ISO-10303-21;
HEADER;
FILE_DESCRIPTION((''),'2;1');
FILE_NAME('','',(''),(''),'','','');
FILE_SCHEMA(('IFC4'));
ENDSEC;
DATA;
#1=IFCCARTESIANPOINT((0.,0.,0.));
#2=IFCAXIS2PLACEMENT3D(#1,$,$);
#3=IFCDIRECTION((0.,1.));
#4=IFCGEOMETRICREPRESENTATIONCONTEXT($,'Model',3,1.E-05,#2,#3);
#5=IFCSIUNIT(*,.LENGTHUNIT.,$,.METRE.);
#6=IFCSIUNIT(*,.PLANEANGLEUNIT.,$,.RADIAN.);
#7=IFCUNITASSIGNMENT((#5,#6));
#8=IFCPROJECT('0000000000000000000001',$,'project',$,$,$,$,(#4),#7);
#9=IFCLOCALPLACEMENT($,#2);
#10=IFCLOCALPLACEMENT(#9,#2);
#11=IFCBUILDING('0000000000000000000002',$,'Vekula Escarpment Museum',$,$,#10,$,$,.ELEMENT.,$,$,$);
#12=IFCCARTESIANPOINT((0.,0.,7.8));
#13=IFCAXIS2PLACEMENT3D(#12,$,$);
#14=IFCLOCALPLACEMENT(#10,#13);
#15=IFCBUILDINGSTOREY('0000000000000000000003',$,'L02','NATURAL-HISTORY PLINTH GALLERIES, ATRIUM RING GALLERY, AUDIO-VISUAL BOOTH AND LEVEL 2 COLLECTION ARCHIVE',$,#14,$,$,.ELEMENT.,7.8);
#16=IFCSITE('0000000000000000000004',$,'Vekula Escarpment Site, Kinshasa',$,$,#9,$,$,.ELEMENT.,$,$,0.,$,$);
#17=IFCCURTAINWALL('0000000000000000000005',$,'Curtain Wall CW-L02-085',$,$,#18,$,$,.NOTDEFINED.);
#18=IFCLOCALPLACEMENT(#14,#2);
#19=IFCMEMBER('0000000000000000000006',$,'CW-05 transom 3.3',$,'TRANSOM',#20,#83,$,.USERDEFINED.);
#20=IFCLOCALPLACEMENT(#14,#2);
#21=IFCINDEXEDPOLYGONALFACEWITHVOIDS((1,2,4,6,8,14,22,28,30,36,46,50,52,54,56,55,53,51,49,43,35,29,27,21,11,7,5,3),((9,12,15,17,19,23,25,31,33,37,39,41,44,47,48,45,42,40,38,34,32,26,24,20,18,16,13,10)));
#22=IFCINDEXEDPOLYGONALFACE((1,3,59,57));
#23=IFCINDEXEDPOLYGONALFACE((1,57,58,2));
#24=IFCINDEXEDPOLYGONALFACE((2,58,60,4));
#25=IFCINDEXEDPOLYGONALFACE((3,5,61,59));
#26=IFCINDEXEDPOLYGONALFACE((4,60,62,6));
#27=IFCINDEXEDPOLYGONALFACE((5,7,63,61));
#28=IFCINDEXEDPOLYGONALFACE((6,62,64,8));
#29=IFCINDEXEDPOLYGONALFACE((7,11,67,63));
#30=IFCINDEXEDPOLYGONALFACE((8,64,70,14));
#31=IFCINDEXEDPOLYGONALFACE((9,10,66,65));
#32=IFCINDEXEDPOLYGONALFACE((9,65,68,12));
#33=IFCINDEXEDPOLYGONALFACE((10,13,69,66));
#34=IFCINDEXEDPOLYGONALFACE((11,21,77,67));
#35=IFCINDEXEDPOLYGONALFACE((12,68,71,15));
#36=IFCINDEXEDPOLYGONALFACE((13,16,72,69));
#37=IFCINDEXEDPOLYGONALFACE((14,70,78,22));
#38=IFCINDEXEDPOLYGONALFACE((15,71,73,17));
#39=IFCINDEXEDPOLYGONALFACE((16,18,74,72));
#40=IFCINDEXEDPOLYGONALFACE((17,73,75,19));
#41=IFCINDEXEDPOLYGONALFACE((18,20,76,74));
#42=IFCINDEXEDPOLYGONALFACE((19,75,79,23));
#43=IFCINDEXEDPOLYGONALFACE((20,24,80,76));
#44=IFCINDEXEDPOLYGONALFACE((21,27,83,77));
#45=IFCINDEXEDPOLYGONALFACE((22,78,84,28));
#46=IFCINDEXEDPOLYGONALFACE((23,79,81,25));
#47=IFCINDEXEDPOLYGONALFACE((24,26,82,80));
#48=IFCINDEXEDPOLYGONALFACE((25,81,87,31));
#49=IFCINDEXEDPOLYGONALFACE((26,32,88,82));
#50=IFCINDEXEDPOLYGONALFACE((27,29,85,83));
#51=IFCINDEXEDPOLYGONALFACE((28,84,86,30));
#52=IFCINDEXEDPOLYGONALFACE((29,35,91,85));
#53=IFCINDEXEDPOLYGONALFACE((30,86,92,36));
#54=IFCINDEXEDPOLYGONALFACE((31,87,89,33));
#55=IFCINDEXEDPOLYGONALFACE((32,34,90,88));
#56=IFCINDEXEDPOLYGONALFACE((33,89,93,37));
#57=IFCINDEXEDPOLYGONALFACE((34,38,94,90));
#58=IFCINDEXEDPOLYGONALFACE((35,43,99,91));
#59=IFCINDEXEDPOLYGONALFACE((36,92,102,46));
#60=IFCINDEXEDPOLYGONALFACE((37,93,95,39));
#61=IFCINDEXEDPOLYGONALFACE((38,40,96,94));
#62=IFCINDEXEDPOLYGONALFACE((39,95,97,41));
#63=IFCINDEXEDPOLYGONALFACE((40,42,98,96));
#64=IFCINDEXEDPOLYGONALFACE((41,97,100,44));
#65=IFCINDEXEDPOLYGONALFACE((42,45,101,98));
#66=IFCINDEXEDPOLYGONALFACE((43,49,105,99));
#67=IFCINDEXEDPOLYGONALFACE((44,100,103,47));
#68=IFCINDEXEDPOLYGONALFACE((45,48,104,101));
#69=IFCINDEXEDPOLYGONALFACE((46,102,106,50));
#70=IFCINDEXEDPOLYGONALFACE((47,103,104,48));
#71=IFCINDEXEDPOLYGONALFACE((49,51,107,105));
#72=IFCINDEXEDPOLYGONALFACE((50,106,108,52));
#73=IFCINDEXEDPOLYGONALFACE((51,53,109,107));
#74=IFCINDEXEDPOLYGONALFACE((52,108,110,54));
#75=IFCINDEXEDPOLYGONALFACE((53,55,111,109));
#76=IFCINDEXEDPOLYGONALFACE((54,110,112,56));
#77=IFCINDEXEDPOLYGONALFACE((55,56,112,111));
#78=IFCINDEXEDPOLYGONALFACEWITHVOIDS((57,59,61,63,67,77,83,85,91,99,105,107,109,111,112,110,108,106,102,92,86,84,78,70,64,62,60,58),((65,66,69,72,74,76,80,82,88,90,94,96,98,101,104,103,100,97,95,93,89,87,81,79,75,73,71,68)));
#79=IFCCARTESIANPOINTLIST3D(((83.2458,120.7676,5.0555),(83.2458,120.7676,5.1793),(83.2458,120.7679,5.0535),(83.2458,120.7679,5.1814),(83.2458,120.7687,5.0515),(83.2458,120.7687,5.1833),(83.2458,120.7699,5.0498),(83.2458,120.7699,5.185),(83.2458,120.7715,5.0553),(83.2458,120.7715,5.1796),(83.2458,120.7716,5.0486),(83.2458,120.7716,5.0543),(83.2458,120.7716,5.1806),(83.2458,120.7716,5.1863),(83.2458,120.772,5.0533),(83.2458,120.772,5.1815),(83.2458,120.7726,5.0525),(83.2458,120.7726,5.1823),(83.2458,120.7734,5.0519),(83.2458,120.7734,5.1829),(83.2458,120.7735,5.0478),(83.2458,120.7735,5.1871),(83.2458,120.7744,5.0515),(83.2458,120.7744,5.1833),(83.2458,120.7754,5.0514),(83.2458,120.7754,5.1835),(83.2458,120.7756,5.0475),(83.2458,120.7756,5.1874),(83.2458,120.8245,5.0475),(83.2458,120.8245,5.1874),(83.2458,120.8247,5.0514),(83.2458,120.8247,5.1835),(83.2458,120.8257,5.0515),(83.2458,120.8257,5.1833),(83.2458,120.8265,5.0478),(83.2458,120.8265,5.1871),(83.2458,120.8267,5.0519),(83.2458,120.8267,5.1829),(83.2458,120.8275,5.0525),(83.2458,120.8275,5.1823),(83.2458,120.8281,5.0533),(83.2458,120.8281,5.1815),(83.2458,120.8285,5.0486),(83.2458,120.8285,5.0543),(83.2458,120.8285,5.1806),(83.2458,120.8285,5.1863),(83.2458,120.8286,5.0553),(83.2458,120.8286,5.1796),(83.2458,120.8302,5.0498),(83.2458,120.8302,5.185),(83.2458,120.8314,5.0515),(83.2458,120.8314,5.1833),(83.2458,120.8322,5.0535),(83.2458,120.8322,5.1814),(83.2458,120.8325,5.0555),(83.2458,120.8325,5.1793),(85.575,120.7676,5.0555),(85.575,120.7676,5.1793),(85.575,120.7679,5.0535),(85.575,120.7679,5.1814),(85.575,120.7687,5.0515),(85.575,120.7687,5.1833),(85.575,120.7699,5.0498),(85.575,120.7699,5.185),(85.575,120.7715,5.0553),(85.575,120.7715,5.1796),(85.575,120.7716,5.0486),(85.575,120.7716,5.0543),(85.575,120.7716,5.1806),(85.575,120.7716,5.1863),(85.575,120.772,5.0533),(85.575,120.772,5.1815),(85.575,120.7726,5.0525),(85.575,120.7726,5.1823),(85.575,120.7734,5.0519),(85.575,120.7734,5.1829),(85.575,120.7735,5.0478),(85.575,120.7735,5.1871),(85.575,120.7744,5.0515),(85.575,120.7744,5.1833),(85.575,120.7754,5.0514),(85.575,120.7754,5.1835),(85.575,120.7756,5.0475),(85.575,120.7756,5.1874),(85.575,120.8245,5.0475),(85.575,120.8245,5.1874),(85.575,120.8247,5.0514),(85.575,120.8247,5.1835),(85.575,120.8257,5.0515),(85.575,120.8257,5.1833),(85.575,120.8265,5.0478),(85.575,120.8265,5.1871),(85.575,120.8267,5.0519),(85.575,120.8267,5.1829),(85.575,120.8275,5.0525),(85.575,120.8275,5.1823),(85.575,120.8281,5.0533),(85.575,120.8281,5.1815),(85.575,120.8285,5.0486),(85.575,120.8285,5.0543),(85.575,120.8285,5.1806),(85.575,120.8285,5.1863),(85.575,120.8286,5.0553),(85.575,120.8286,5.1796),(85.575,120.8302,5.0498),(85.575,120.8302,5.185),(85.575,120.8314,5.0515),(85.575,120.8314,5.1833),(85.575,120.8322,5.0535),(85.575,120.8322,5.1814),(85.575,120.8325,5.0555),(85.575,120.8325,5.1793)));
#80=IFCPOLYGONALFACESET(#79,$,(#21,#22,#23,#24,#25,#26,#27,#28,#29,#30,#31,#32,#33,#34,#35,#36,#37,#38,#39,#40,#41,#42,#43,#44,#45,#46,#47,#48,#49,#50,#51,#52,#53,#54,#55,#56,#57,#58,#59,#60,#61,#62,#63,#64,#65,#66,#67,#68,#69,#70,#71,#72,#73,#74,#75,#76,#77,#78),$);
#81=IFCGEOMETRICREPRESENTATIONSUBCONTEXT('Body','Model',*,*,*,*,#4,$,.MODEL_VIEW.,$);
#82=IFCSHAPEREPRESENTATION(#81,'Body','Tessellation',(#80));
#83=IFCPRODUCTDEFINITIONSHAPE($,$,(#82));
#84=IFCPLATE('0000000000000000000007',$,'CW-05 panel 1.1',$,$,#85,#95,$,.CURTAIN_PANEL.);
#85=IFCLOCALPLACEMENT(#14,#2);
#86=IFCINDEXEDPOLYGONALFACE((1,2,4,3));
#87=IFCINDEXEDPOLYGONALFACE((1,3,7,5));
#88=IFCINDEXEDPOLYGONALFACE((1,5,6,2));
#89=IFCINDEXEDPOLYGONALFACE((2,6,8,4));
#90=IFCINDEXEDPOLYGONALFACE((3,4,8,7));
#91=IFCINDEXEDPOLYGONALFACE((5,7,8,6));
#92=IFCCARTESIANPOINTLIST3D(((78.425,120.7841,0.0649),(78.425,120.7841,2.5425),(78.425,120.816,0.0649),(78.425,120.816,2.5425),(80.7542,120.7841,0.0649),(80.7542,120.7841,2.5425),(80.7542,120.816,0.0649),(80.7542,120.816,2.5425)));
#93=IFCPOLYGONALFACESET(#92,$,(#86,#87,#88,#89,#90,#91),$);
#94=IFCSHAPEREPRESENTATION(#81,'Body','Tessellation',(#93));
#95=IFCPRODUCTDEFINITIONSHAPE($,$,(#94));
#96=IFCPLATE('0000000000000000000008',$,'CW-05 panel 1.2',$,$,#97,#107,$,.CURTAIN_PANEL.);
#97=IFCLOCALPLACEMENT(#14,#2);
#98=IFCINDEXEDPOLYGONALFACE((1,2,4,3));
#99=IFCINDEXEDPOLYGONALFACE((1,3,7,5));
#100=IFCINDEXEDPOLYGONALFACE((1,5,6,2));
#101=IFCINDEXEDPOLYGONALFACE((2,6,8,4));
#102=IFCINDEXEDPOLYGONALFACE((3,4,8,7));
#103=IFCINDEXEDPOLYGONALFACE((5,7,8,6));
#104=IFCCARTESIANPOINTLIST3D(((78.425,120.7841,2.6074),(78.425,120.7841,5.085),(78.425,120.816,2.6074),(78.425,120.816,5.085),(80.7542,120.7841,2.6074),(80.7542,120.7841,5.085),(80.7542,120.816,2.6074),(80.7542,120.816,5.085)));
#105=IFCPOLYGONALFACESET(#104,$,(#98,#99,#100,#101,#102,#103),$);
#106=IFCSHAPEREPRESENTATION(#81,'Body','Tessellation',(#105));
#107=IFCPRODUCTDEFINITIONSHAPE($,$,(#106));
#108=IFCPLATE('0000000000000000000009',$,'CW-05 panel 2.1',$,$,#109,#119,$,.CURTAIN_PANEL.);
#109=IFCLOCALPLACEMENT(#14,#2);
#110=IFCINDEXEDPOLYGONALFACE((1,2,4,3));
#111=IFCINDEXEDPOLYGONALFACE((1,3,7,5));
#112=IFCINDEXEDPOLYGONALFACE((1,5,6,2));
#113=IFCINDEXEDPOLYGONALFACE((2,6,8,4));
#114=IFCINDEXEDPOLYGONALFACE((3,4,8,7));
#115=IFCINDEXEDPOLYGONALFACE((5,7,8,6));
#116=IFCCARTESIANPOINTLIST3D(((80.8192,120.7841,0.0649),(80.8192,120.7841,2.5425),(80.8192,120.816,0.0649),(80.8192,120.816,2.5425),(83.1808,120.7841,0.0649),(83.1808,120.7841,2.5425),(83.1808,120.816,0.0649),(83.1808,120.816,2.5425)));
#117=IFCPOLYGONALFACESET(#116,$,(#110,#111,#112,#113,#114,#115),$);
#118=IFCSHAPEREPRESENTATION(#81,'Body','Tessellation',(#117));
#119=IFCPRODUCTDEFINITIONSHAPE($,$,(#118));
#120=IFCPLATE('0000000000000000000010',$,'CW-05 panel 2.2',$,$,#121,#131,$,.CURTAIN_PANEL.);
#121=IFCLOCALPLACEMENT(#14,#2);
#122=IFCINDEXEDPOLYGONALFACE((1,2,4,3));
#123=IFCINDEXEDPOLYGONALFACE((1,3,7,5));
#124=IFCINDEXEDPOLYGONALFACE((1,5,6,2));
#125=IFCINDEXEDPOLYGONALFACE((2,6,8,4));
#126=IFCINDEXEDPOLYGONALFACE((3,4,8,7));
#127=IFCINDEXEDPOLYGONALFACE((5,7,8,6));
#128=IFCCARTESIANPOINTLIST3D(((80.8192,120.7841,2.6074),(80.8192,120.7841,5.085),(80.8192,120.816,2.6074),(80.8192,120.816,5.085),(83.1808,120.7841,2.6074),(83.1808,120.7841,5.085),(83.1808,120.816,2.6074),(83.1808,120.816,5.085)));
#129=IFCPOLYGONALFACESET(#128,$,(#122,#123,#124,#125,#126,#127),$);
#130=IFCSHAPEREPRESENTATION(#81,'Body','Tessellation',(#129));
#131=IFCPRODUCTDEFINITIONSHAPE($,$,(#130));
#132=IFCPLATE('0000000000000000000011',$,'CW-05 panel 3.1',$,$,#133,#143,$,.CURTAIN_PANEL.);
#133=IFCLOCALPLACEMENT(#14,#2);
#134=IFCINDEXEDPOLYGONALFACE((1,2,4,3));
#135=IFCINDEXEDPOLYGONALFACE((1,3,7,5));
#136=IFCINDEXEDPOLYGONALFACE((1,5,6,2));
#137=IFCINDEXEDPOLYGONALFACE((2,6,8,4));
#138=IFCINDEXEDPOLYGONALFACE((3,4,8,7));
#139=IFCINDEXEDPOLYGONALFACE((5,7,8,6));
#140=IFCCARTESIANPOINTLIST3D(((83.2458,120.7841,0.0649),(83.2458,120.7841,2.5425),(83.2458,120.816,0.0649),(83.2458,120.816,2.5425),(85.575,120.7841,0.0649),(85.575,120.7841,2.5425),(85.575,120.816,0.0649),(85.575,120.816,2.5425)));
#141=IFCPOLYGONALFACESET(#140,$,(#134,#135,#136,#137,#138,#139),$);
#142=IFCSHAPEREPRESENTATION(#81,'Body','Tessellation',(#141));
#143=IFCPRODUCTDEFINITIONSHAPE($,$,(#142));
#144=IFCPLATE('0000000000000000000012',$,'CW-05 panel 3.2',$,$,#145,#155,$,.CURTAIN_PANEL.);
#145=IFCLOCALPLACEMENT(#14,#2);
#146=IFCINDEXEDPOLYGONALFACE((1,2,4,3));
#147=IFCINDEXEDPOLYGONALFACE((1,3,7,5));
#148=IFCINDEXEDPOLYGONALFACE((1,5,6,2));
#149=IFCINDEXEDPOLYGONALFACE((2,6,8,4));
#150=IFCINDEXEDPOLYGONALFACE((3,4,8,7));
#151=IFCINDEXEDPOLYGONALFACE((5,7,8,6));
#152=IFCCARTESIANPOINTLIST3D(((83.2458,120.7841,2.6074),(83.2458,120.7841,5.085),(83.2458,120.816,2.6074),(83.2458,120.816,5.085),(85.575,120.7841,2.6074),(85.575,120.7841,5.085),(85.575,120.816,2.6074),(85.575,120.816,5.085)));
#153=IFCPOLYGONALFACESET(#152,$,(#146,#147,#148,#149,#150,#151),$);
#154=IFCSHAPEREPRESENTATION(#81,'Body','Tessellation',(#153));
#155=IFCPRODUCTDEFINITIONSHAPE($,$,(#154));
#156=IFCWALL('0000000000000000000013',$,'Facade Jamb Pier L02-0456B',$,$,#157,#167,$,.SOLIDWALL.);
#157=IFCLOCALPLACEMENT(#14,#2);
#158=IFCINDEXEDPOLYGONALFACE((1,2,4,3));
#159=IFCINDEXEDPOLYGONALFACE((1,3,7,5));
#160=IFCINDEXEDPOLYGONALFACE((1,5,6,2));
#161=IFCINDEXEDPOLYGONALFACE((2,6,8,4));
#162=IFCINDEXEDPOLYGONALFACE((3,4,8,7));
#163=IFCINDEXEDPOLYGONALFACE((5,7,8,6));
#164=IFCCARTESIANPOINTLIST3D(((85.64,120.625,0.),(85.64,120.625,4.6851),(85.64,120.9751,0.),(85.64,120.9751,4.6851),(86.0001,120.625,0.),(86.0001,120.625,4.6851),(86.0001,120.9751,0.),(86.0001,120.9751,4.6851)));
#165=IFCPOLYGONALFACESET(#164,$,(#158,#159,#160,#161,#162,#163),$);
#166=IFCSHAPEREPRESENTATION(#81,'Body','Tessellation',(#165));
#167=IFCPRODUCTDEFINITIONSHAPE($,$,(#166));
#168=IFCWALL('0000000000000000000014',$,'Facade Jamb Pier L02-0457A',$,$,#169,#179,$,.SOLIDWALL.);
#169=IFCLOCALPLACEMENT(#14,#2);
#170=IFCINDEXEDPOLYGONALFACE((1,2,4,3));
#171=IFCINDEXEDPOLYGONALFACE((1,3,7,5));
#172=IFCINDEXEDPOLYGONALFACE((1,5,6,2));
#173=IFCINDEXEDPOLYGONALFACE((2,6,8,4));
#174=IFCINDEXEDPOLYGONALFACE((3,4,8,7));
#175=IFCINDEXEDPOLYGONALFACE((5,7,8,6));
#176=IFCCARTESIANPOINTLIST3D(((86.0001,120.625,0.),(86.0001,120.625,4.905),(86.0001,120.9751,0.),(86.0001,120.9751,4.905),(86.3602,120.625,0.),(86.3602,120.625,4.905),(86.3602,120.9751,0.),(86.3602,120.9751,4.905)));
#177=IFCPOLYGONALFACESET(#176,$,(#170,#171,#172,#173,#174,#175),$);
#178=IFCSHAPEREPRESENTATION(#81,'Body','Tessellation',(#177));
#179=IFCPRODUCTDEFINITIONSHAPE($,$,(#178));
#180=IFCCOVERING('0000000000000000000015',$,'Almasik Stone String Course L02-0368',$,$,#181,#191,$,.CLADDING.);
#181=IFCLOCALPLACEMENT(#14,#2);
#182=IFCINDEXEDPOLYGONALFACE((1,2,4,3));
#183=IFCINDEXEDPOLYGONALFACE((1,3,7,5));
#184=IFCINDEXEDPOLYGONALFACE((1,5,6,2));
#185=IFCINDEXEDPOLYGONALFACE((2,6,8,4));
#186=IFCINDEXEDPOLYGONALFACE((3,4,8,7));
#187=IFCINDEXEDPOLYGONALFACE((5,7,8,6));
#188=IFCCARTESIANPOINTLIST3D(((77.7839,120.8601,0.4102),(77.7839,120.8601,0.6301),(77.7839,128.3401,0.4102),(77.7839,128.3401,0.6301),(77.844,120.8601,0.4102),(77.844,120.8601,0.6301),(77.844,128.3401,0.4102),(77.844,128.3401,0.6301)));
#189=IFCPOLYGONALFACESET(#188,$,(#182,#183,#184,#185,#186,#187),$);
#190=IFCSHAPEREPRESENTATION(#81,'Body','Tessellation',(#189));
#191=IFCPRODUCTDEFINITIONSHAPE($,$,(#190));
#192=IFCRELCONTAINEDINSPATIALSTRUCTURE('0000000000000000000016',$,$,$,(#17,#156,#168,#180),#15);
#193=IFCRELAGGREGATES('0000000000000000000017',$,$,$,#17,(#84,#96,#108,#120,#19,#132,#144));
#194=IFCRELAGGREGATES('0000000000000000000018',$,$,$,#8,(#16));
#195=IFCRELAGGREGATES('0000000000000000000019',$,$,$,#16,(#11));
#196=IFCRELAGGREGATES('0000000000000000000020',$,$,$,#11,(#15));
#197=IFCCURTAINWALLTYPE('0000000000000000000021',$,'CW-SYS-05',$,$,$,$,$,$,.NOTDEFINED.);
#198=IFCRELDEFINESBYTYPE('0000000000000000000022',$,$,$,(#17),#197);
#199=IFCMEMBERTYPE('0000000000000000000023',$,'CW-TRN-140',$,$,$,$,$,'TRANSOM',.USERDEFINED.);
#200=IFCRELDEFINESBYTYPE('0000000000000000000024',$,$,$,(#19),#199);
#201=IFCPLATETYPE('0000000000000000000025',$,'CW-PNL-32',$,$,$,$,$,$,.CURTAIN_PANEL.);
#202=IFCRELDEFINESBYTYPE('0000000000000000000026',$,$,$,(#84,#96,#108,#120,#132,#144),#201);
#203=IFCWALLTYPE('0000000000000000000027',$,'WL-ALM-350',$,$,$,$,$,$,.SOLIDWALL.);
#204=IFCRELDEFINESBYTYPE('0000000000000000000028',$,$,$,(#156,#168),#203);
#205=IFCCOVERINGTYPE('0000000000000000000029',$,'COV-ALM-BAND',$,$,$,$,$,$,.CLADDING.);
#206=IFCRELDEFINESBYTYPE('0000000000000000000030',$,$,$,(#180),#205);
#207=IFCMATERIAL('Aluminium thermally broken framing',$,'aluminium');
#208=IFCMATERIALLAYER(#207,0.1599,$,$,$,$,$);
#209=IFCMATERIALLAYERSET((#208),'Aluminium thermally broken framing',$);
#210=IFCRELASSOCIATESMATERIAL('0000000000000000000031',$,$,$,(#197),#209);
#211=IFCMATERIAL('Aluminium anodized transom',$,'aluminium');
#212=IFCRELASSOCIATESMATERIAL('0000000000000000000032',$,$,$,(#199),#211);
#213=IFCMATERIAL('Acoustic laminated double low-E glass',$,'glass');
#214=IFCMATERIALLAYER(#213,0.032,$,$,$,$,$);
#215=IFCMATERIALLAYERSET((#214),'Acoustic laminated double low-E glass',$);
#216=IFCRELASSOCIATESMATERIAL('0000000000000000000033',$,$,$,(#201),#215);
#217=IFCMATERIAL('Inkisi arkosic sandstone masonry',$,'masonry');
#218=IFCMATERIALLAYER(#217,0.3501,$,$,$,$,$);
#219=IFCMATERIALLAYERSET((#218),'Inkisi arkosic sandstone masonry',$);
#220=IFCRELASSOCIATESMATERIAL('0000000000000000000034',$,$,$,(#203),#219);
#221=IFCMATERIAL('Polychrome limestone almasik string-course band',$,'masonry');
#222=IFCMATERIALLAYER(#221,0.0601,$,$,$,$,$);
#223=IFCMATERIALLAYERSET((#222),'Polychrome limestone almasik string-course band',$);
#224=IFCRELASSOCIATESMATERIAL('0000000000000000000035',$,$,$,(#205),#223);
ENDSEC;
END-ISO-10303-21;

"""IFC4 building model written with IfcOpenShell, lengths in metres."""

from ifc_helpers import new_model, si_unit, direction, frame, frame_2d, origin, origin_2d, place, context, subcontext, project, spatial, rectangle, hollow_rectangle, extrude, material, layer, layer_set, material_profile, profile_set, type_object, element, aggregate, save


model = new_model("IFC4")

# Units and contexts
model_context = context("Model", 3, precision=1e-05, world=origin(), true_north=direction((0.0, 1.0)))
body_context = subcontext(model_context, "Body", "Model", "MODEL_VIEW")
ifc_project = project(units=[si_unit("LENGTHUNIT", "METRE"), si_unit("PLANEANGLEUNIT", "RADIAN")], contexts=[model_context])

# Site, building, storey
site_placement = place(None, origin())
site = spatial("IfcSite", under=ifc_project, at=site_placement, Name="Vekula Escarpment Site, Kinshasa", CompositionType="ELEMENT", RefElevation=0.0)
building_placement = place(site_placement, origin())
building = spatial("IfcBuilding", under=site, at=building_placement, Name="Vekula Escarpment Museum", CompositionType="ELEMENT")
storey_placement = place(building_placement, frame((0.0, 0.0, 7.8)))
storey = spatial("IfcBuildingStorey", under=building, at=storey_placement, Name="L02", Description="NATURAL-HISTORY PLINTH GALLERIES, ATRIUM RING GALLERY, AUDIO-VISUAL BOOTH AND LEVEL 2 COLLECTION ARCHIVE", CompositionType="ELEMENT", Elevation=7.8)

# Curtain wall, member, plates
ifc_material_1 = material(Name="Aluminium thermally broken framing", Category="aluminium")
ifc_layer_1 = layer(ifc_material_1, 0.1599)
ifc_layer_set_1 = layer_set([ifc_layer_1], Name="Aluminium thermally broken framing")
curtain_wall_type = type_object("IfcCurtainWallType", Name="CW-SYS-05", PredefinedType="NOTDEFINED", material=ifc_layer_set_1)
curtain_wall_placement = place(storey_placement, origin())
curtain_wall = element("IfcCurtainWall", 1, at=curtain_wall_placement, inside=storey, type_object=curtain_wall_type, Name="Curtain Wall CW-L02-085", PredefinedType="NOTDEFINED")
ifc_material_2 = material(Name="Aluminium anodized transom", Category="aluminium")
ifc_material_profile_1 = material_profile(ifc_material_2, hollow_rectangle(XDim=0.0649, YDim=0.1399, WallThickness=0.0039, InnerFilletRadius=0.0039, OuterFilletRadius=0.0081, at=origin_2d()), Name="ALU 140x65x4")
ifc_profile_set_1 = profile_set([ifc_material_profile_1], Name="Aluminium anodized transom")
member_type_1 = type_object("IfcMemberType", Name="CW-TRN-140", ElementType="TRANSOM", PredefinedType="USERDEFINED", material=ifc_profile_set_1)
member_1_placement = place(storey_placement, frame((83.2458, 120.8, 5.1174), z_axis=(1.0, 0.0, 0.0), x_axis=(0.0, 1.0, 0.0)))
member_1 = element("IfcMember", 2, at=member_1_placement, type_object=member_type_1, Name="CW-05 transom 3.3", ObjectType="TRANSOM", PredefinedType="USERDEFINED", context=body_context, shape_type="SweptSolid", body=[
    extrude(hollow_rectangle(XDim=0.0649, YDim=0.1399, WallThickness=0.0039, InnerFilletRadius=0.0039, OuterFilletRadius=0.0081, at=origin_2d()), origin(), (0.0, 0.0, 1.0), 2.3291),
])
ifc_material_3 = material(Name="Acoustic laminated double low-E glass", Category="glass")
ifc_layer_2 = layer(ifc_material_3, 0.032)
ifc_layer_set_2 = layer_set([ifc_layer_2], Name="Acoustic laminated double low-E glass")
plate_type = type_object("IfcPlateType", Name="CW-PNL-32", PredefinedType="CURTAIN_PANEL", material=ifc_layer_set_2)
plate_1_placement = place(storey_placement, frame((79.5896, 120.8, 0.0649), z_axis=(0.0, 0.0, 1.0), x_axis=(1.0, 0.0, 0.0)))
plate_1 = element("IfcPlate", 3, at=plate_1_placement, type_object=plate_type, Name="CW-05 panel 1.1", PredefinedType="CURTAIN_PANEL", context=body_context, shape_type="SweptSolid", body=[
    extrude(rectangle(XDim=2.3291, YDim=0.032, at=origin_2d()), origin(), (0.0, 0.0, 1.0), 2.4775),
])
plate_2_placement = place(storey_placement, frame((79.5896, 120.8, 2.6074), z_axis=(0.0, 0.0, 1.0), x_axis=(1.0, 0.0, 0.0)))
plate_2 = element("IfcPlate", 4, at=plate_2_placement, type_object=plate_type, Name="CW-05 panel 1.2", PredefinedType="CURTAIN_PANEL", context=body_context, shape_type="SweptSolid", body=[
    extrude(rectangle(XDim=2.3291, YDim=0.032, at=origin_2d()), origin(), (0.0, 0.0, 1.0), 2.4775),
])
plate_3_placement = place(storey_placement, frame((82.0, 120.8, 0.0649), z_axis=(0.0, 0.0, 1.0), x_axis=(1.0, 0.0, 0.0)))
plate_3 = element("IfcPlate", 5, at=plate_3_placement, type_object=plate_type, Name="CW-05 panel 2.1", PredefinedType="CURTAIN_PANEL", context=body_context, shape_type="SweptSolid", body=[
    extrude(rectangle(XDim=2.3616, YDim=0.032, at=origin_2d()), origin(), (0.0, 0.0, 1.0), 2.4775),
])
plate_4_placement = place(storey_placement, frame((82.0, 120.8, 2.6074), z_axis=(0.0, 0.0, 1.0), x_axis=(1.0, 0.0, 0.0)))
plate_4 = element("IfcPlate", 6, at=plate_4_placement, type_object=plate_type, Name="CW-05 panel 2.2", PredefinedType="CURTAIN_PANEL", context=body_context, shape_type="SweptSolid", body=[
    extrude(rectangle(XDim=2.3616, YDim=0.032, at=origin_2d()), origin(), (0.0, 0.0, 1.0), 2.4775),
])
plate_5_placement = place(storey_placement, frame((84.4104, 120.8, 0.0649), z_axis=(0.0, 0.0, 1.0), x_axis=(1.0, 0.0, 0.0)))
plate_5 = element("IfcPlate", 7, at=plate_5_placement, type_object=plate_type, Name="CW-05 panel 3.1", PredefinedType="CURTAIN_PANEL", context=body_context, shape_type="SweptSolid", body=[
    extrude(rectangle(XDim=2.3291, YDim=0.032, at=origin_2d()), origin(), (0.0, 0.0, 1.0), 2.4775),
])
plate_6_placement = place(storey_placement, frame((84.4104, 120.8, 2.6074), z_axis=(0.0, 0.0, 1.0), x_axis=(1.0, 0.0, 0.0)))
plate_6 = element("IfcPlate", 8, at=plate_6_placement, type_object=plate_type, Name="CW-05 panel 3.2", PredefinedType="CURTAIN_PANEL", context=body_context, shape_type="SweptSolid", body=[
    extrude(rectangle(XDim=2.3291, YDim=0.032, at=origin_2d()), origin(), (0.0, 0.0, 1.0), 2.4775),
])
aggregate(curtain_wall, [plate_1, plate_2, plate_3, plate_4, member_1, plate_5, plate_6])

# Walls
ifc_material_4 = material(Name="Inkisi arkosic sandstone masonry", Category="masonry")
ifc_layer_3 = layer(ifc_material_4, 0.3501)
ifc_layer_set_3 = layer_set([ifc_layer_3], Name="Inkisi arkosic sandstone masonry")
wall_type = type_object("IfcWallType", Name="WL-ALM-350", PredefinedType="SOLIDWALL", material=ifc_layer_set_3)
wall_1_placement = place(storey_placement, frame((85.6399, 120.8, 0.0), z_axis=(0.0, 0.0, 1.0), x_axis=(1.0, 0.0, 0.0)))
element("IfcWall", 9, at=wall_1_placement, inside=storey, type_object=wall_type, Name="Facade Jamb Pier L02-0456B", PredefinedType="SOLIDWALL", context=body_context, shape_type="SweptSolid", body=[
    extrude(rectangle(XDim=0.3601, YDim=0.3501, at=frame_2d((0.1802, 0.0))), origin(), (0.0, 0.0, 1.0), 4.6851),
])
wall_2_placement = place(storey_placement, frame((86.0, 120.8, 0.0), z_axis=(0.0, 0.0, 1.0), x_axis=(1.0, 0.0, 0.0)))
element("IfcWall", 10, at=wall_2_placement, inside=storey, type_object=wall_type, Name="Facade Jamb Pier L02-0457A", PredefinedType="SOLIDWALL", context=body_context, shape_type="SweptSolid", body=[
    extrude(rectangle(XDim=0.3601, YDim=0.3501, at=frame_2d((0.1802, 0.0))), origin(), (0.0, 0.0, 1.0), 4.905),
])

# Covering
ifc_material_5 = material(Name="Polychrome limestone almasik string-course band", Category="masonry")
ifc_layer_4 = layer(ifc_material_5, 0.0601)
ifc_layer_set_4 = layer_set([ifc_layer_4], Name="Polychrome limestone almasik string-course band")
covering_type = type_object("IfcCoveringType", Name="COV-ALM-BAND", PredefinedType="CLADDING", material=ifc_layer_set_4)
covering_placement = place(storey_placement, frame((77.814, 124.6001, 0.4102), z_axis=(0.0, 0.0, 1.0), x_axis=(0.0, 1.0, 0.0)))
element("IfcCovering", 11, at=covering_placement, inside=storey, type_object=covering_type, Name="Almasik Stone String Course L02-0368", PredefinedType="CLADDING", context=body_context, shape_type="SweptSolid", body=[
    extrude(rectangle(XDim=7.48, YDim=0.0601, at=origin_2d()), origin(), (0.0, 0.0, 1.0), 0.22),
])

save(model, "model.ifc")
